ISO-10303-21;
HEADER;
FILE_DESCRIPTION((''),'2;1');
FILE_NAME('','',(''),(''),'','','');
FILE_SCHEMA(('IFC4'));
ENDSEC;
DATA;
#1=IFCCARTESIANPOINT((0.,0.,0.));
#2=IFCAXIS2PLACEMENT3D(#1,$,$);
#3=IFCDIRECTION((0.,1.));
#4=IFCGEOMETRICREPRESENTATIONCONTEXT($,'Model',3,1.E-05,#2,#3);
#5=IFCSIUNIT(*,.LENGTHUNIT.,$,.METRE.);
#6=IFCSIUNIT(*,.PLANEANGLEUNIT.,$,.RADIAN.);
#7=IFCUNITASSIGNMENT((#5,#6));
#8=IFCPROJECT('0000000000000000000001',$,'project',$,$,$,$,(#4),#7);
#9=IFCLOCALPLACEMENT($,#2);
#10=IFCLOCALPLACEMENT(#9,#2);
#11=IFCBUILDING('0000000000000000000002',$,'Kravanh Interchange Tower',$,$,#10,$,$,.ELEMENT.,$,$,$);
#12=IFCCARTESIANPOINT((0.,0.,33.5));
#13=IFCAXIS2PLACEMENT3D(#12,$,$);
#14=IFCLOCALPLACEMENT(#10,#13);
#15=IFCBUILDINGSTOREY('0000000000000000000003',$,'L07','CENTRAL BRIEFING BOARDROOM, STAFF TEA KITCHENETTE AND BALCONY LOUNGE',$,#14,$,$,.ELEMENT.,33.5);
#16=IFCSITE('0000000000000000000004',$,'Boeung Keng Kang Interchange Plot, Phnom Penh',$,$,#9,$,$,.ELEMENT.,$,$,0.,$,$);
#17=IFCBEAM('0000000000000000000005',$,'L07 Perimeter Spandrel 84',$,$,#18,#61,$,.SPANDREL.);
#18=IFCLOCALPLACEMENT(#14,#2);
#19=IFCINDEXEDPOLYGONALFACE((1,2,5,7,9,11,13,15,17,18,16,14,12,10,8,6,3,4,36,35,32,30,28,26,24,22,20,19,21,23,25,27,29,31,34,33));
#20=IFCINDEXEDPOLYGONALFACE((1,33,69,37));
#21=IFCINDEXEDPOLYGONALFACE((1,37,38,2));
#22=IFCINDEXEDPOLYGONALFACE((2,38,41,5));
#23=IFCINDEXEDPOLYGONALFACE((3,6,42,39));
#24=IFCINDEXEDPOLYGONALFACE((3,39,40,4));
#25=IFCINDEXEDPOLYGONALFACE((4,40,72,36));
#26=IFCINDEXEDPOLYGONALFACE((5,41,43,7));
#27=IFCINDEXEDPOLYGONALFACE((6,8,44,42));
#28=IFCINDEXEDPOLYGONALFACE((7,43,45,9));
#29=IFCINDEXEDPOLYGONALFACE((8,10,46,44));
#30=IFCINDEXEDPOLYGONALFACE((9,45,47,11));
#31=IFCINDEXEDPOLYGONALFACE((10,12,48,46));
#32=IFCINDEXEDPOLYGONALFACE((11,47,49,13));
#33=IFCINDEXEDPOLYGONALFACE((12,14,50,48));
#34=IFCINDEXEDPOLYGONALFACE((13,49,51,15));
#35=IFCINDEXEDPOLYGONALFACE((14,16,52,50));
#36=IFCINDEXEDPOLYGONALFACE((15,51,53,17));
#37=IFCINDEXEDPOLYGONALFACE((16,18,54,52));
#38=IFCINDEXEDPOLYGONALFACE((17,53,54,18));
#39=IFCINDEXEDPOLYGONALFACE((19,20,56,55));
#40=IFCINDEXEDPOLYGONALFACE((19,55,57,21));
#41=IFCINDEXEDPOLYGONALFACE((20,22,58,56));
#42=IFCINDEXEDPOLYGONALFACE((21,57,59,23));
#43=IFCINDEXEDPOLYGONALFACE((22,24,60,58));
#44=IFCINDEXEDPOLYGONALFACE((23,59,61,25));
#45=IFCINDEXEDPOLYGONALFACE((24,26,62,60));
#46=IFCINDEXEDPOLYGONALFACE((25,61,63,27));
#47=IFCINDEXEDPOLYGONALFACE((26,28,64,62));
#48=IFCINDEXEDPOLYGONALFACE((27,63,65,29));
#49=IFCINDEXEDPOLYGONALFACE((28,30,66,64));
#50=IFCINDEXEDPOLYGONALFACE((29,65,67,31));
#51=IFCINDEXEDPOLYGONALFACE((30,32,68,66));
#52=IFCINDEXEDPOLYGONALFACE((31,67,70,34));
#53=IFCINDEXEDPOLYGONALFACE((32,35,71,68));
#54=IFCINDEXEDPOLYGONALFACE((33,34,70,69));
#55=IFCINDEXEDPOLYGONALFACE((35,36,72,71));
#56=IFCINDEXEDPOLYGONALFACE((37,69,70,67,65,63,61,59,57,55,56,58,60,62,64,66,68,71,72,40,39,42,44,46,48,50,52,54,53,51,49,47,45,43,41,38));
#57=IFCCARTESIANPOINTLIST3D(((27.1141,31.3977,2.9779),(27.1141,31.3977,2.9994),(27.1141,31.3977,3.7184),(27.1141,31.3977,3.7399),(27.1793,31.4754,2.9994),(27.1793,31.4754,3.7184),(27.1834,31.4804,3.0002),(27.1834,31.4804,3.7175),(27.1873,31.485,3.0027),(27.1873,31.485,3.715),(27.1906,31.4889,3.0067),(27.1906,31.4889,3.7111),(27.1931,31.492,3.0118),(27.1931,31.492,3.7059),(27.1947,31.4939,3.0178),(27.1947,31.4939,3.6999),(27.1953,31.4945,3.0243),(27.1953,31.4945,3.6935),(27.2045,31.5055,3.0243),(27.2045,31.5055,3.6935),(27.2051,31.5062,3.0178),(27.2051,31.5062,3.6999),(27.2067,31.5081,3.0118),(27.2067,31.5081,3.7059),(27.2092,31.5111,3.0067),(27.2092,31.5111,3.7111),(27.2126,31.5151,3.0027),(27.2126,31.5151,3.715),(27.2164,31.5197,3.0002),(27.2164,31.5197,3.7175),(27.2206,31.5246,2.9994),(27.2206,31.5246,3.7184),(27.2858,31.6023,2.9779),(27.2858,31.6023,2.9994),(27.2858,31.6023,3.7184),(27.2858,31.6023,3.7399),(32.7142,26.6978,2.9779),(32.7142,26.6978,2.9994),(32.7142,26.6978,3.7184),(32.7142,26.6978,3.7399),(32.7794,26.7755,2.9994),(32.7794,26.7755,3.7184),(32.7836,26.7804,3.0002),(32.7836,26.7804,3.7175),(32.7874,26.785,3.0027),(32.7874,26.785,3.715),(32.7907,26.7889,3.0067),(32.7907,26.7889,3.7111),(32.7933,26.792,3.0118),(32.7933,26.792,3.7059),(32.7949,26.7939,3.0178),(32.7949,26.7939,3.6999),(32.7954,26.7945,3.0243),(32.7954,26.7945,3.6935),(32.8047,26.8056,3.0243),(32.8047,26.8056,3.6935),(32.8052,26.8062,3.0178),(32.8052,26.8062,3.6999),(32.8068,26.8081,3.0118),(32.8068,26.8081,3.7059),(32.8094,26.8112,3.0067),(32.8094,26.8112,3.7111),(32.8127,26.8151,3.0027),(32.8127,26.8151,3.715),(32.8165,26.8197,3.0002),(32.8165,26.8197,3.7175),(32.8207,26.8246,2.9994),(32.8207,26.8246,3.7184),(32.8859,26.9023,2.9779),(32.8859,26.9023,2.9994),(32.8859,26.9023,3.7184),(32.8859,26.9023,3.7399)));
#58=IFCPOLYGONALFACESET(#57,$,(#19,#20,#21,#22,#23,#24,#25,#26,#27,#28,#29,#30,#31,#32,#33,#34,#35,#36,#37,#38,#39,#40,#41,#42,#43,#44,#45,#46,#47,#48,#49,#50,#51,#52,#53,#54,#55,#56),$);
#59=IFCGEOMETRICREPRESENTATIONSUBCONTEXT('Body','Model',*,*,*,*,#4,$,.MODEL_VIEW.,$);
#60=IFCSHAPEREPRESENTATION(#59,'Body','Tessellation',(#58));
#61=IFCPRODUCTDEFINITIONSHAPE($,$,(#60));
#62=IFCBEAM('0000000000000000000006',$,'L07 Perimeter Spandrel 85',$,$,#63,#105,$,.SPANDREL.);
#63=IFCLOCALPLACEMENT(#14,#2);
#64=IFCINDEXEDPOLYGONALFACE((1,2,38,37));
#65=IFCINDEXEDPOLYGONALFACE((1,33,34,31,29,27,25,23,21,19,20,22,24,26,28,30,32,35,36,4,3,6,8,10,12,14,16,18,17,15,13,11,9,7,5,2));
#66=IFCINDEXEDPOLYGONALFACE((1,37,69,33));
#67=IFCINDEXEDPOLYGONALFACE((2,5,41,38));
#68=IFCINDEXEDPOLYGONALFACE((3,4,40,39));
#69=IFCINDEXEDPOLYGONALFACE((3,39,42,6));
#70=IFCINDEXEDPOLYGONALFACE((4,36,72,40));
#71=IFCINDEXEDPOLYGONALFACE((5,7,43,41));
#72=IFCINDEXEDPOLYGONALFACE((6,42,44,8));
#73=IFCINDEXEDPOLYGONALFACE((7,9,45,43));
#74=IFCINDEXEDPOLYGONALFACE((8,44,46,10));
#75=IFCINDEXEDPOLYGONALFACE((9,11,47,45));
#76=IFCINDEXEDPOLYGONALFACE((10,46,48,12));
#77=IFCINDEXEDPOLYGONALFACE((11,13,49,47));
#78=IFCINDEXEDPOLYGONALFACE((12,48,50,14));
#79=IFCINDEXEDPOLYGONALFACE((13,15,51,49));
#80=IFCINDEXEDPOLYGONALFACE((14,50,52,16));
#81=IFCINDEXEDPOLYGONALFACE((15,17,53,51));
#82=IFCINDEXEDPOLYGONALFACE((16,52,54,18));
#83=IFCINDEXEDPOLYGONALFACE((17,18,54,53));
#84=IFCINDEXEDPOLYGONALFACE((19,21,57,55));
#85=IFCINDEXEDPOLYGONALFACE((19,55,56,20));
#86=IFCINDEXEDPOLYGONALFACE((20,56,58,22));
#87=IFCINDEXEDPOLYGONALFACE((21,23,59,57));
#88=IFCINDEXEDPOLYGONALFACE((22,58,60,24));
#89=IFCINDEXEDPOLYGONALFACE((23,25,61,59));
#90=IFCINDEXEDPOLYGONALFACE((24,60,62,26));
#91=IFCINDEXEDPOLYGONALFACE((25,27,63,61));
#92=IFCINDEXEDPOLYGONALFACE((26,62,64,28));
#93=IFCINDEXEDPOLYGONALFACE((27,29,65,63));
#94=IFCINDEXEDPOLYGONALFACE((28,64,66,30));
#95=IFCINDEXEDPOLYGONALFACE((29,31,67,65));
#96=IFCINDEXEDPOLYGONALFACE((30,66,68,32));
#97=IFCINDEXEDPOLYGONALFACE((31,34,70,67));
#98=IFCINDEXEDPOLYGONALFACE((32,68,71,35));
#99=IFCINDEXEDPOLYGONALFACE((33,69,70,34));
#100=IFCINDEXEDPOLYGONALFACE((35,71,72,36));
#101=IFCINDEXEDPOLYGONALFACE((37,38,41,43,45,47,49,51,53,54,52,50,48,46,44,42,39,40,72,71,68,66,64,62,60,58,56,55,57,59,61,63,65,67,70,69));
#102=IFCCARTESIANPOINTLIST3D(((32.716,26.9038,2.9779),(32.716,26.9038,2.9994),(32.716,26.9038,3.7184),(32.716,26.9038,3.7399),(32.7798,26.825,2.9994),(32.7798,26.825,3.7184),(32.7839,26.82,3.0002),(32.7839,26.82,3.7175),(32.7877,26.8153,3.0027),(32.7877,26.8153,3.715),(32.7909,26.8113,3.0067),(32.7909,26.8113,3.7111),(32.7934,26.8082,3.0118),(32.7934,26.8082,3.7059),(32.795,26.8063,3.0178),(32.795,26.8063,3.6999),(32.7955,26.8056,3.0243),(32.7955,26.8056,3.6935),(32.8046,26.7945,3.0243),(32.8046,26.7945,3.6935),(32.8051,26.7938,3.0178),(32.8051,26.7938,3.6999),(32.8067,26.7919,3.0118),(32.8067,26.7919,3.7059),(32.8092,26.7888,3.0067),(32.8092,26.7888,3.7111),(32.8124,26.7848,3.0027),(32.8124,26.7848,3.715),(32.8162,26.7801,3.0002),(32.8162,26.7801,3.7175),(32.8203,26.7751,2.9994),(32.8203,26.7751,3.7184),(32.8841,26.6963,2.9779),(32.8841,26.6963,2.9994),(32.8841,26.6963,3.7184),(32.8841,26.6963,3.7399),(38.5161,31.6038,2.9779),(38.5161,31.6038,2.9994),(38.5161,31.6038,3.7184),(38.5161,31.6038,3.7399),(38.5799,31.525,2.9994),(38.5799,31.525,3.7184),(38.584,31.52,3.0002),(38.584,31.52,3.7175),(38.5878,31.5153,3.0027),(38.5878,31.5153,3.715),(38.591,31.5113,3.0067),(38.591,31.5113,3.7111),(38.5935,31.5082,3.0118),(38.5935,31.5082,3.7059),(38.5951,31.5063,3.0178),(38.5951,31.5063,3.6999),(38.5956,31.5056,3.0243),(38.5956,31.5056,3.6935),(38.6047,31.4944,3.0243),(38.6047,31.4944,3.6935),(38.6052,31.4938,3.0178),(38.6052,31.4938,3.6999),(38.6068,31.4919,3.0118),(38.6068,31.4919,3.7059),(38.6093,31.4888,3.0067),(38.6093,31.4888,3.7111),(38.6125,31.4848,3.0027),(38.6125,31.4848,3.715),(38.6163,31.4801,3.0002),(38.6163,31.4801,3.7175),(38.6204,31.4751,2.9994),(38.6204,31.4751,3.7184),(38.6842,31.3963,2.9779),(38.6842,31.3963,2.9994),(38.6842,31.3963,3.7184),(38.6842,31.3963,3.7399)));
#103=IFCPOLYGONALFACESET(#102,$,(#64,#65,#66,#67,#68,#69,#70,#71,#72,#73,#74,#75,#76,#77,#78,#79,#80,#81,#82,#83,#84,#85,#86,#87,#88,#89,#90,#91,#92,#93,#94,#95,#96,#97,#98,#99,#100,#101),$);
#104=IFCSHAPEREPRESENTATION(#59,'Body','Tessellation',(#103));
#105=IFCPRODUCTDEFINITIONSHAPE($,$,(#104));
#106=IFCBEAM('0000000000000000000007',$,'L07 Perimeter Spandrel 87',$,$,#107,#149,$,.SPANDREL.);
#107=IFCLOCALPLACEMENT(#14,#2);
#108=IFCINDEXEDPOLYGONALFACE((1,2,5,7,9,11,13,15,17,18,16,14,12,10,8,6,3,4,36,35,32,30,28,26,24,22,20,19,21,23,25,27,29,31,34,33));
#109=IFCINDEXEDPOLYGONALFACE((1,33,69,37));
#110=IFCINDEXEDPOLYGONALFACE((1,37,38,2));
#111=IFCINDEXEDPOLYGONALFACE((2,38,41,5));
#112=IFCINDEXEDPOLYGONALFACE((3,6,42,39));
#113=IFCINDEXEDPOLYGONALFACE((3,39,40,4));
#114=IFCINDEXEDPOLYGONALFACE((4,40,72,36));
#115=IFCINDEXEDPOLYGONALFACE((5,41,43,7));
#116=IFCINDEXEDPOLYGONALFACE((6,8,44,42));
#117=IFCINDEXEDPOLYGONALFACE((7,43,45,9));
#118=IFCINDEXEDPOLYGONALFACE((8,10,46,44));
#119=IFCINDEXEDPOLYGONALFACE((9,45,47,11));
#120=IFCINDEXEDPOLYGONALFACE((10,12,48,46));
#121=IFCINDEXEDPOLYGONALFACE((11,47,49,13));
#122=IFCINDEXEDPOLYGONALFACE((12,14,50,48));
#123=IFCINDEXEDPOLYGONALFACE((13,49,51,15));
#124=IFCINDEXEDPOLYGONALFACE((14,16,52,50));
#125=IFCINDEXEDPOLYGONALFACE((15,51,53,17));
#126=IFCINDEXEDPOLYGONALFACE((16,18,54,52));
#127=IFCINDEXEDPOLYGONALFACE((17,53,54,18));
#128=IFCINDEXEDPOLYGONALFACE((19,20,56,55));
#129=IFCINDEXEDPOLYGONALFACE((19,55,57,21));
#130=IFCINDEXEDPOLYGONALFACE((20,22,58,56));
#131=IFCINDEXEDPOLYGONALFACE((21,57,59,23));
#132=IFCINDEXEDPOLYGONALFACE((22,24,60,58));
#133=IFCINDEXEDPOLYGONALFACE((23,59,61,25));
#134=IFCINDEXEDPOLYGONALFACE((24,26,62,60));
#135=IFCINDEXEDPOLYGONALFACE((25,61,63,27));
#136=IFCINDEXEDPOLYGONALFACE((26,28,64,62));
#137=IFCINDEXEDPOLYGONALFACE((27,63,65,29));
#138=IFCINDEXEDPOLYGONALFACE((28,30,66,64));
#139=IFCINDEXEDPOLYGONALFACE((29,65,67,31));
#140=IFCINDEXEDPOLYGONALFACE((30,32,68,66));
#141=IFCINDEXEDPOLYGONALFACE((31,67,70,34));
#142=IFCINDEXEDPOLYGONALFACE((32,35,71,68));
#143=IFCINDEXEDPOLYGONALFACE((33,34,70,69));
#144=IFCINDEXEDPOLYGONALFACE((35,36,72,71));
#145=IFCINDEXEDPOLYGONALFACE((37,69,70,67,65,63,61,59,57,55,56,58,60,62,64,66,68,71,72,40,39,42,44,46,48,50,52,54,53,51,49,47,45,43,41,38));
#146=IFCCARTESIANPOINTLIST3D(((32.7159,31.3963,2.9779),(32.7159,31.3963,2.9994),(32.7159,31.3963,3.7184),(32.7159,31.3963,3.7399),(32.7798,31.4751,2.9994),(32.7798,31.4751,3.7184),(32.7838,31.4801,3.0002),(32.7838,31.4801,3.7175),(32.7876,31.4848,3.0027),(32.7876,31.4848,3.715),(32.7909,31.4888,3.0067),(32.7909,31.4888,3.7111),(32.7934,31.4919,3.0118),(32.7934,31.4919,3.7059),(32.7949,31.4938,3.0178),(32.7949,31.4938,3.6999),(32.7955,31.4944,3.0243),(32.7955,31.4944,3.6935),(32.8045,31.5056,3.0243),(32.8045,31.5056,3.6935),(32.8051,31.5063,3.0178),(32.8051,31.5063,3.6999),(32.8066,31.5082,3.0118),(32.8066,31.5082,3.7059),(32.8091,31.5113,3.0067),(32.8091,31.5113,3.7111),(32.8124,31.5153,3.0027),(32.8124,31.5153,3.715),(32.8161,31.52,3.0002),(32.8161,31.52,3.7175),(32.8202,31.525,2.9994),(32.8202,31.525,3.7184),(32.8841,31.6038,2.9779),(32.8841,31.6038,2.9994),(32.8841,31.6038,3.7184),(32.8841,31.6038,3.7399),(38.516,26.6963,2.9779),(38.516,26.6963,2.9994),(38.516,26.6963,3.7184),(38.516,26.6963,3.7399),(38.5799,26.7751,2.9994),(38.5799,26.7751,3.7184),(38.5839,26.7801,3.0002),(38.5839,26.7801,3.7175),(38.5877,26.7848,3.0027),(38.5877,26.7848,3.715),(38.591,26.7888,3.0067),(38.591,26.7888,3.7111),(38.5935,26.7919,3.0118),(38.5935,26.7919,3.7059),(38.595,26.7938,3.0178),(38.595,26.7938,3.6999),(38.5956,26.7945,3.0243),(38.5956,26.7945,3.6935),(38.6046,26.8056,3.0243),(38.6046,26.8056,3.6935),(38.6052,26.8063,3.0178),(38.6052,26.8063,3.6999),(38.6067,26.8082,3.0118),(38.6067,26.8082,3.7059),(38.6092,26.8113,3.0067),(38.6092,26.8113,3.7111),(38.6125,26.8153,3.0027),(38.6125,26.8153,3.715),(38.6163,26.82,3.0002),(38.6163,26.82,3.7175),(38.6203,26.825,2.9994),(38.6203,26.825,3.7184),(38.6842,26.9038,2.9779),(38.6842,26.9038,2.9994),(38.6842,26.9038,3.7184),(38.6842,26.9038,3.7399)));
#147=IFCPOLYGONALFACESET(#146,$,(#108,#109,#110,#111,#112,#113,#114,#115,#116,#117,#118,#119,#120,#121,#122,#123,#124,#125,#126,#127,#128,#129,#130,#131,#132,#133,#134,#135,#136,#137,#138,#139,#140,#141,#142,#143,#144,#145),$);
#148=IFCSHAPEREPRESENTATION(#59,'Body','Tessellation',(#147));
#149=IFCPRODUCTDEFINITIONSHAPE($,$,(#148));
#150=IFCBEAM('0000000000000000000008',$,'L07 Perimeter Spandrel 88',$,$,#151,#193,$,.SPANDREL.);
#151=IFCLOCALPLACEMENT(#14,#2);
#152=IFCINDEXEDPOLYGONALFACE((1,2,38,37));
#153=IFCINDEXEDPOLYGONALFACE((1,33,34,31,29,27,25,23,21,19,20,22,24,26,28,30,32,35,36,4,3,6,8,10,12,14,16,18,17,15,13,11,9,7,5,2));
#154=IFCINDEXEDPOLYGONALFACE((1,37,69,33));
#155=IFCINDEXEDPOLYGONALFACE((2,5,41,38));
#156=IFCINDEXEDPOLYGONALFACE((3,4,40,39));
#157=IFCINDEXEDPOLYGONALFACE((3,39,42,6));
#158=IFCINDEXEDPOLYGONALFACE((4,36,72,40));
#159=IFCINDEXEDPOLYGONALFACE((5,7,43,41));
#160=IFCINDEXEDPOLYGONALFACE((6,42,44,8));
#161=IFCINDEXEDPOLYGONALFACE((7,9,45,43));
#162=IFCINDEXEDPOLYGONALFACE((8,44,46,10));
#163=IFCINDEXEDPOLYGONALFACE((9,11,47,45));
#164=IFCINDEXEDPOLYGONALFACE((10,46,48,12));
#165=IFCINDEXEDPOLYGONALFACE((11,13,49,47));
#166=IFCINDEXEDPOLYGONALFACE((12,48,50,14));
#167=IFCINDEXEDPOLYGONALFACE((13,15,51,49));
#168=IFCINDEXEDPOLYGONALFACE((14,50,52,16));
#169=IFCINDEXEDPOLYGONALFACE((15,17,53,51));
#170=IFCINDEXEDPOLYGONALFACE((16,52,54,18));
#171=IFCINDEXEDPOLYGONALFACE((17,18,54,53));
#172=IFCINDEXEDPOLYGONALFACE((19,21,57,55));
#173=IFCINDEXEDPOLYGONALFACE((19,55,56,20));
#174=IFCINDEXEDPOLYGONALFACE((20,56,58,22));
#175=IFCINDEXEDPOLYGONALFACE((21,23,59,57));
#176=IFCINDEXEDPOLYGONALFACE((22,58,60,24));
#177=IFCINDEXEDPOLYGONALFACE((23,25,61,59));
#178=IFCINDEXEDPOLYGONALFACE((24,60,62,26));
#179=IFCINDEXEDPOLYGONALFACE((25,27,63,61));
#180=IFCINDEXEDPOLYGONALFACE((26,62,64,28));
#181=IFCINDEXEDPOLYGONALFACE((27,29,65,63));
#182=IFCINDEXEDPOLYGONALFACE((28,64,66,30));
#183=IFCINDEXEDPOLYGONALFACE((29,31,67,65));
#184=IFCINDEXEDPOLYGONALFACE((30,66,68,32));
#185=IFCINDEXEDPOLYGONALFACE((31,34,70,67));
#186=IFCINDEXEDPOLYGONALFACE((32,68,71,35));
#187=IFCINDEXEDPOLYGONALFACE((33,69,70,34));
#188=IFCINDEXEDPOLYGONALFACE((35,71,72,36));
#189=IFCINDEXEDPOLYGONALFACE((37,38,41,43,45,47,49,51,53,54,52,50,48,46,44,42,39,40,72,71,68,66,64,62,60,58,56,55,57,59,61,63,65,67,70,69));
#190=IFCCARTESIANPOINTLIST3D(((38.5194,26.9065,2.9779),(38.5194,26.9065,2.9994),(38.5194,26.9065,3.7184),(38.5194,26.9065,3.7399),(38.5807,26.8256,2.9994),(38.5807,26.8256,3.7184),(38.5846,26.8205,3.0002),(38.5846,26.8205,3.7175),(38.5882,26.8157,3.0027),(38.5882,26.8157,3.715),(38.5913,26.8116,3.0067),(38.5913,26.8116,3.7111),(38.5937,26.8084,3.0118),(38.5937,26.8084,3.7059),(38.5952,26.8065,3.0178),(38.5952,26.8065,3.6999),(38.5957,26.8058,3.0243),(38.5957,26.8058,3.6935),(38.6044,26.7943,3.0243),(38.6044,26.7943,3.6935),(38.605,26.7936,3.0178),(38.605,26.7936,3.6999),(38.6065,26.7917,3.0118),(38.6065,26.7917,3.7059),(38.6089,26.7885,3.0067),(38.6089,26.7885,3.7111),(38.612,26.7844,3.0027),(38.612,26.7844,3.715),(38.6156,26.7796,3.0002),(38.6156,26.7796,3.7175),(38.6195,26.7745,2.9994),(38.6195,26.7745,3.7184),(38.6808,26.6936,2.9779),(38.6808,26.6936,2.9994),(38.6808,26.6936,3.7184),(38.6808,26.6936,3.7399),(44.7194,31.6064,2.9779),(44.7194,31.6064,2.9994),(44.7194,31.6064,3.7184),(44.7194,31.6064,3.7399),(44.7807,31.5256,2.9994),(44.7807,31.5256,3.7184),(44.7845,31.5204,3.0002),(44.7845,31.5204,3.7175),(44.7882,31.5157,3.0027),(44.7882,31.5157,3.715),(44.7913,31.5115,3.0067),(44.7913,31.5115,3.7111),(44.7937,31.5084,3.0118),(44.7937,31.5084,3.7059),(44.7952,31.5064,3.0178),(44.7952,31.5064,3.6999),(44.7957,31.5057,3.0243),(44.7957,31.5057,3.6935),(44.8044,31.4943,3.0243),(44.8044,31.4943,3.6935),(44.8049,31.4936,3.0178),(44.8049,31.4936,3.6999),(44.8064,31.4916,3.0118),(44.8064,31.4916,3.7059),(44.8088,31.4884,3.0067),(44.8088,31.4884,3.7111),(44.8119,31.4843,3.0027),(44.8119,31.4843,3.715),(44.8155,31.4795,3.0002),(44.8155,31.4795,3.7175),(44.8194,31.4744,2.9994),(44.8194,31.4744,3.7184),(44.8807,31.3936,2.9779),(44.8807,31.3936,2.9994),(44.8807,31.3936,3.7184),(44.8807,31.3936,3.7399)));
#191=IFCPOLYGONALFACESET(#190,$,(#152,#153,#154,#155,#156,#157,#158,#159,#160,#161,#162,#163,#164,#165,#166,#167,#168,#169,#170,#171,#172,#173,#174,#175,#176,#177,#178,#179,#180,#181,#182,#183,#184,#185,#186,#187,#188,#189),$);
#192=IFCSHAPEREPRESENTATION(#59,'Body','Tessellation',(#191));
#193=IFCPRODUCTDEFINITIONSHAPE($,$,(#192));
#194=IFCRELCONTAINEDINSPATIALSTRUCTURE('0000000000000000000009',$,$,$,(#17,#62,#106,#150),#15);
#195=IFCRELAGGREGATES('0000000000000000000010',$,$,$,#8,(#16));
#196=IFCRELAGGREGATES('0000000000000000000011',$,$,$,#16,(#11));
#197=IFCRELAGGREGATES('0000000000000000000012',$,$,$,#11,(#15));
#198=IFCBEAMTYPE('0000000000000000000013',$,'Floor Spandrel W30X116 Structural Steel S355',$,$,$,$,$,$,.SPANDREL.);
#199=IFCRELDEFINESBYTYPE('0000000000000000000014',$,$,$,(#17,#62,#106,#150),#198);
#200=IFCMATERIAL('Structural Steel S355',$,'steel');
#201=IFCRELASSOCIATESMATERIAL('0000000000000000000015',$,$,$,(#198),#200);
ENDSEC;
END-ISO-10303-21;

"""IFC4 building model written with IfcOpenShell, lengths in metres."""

from ifc_helpers import new_model, si_unit, direction, frame, origin, origin_2d, place, context, subcontext, project, spatial, i_section, extrude, material, material_profile, profile_set, type_object, element, save


model = new_model("IFC4")

# Units and contexts
model_context = context("Model", 3, precision=1e-05, world=origin(), true_north=direction((0.0, 1.0)))
body_context = subcontext(model_context, "Body", "Model", "MODEL_VIEW")
ifc_project = project(units=[si_unit("LENGTHUNIT", "METRE"), si_unit("PLANEANGLEUNIT", "RADIAN")], contexts=[model_context])

# Site, building, storey
site_placement = place(None, origin())
site = spatial("IfcSite", under=ifc_project, at=site_placement, Name="Boeung Keng Kang Interchange Plot, Phnom Penh", CompositionType="ELEMENT", RefElevation=0.0)
building_placement = place(site_placement, origin())
building = spatial("IfcBuilding", under=site, at=building_placement, Name="Kravanh Interchange Tower", CompositionType="ELEMENT")
storey_placement = place(building_placement, frame((0.0, 0.0, 33.5)))
storey = spatial("IfcBuildingStorey", under=building, at=storey_placement, Name="L07", Description="CENTRAL BRIEFING BOARDROOM, STAFF TEA KITCHENETTE AND BALCONY LOUNGE", CompositionType="ELEMENT", Elevation=33.5)

# Beams
ifc_material_1 = material(Name="Structural Steel S355", Category="steel")
ifc_material_profile_1 = material_profile(ifc_material_1, i_section(OverallWidth=0.2671, OverallDepth=0.762, WebThickness=0.0144, FlangeThickness=0.0215, FilletRadius=0.0249, at=origin_2d()), Name="W30X116")
ifc_profile_set_1 = profile_set([ifc_material_profile_1], Name="Structural Steel S355")
beam_type_1 = type_object("IfcBeamType", Name="Floor Spandrel W30X116 Structural Steel S355", PredefinedType="SPANDREL", material=ifc_profile_set_1)
beam_1_placement = place(storey_placement, frame((32.8, 26.8, 3.3589), z_axis=(-0.765983, 0.642861, 0.0), x_axis=(-0.642861, -0.765983, 0.0)))
element("IfcBeam", 1, at=beam_1_placement, inside=storey, type_object=beam_type_1, Name="L07 Perimeter Spandrel 84", PredefinedType="SPANDREL", context=body_context, shape_type="SweptSolid", body=[
    extrude(i_section(OverallWidth=0.2671, OverallDepth=0.762, WebThickness=0.0144, FlangeThickness=0.0215, FilletRadius=0.0249, at=origin_2d()), origin(), (0.0, 0.0, 1.0), 7.311),
])
for number, where, z_axis, x_axis, name in (
    (2, (32.8, 26.8, 3.3589), (0.776939, 0.629576, 0.0), (-0.629576, 0.776939, 0.0), "L07 Perimeter Spandrel 85"),
    (3, (38.6001, 26.8, 3.3589), (-0.776939, 0.629576, 0.0), (-0.629576, -0.776939, 0.0), "L07 Perimeter Spandrel 87"),
):
    element("IfcBeam", number, at=place(storey_placement, frame(where, z_axis=z_axis, x_axis=x_axis)), inside=storey, type_object=beam_type_1, Name=name, PredefinedType="SPANDREL", context=body_context, shape_type="SweptSolid", body=[
        extrude(i_section(OverallWidth=0.2671, OverallDepth=0.762, WebThickness=0.0144, FlangeThickness=0.0215, FilletRadius=0.0249, at=origin_2d()), origin(), (0.0, 0.0, 1.0), 7.4653),
    ])
beam_2_placement = place(storey_placement, frame((38.6001, 26.8, 3.3589), z_axis=(0.796905, 0.604104, 0.0), x_axis=(-0.604104, 0.796905, 0.0)))
element("IfcBeam", 4, at=beam_2_placement, inside=storey, type_object=beam_type_1, Name="L07 Perimeter Spandrel 88", PredefinedType="SPANDREL", context=body_context, shape_type="SweptSolid", body=[
    extrude(i_section(OverallWidth=0.2671, OverallDepth=0.762, WebThickness=0.0144, FlangeThickness=0.0215, FilletRadius=0.0249, at=origin_2d()), origin(), (0.0, 0.0, 1.0), 7.78),
])

save(model, "model.ifc")
